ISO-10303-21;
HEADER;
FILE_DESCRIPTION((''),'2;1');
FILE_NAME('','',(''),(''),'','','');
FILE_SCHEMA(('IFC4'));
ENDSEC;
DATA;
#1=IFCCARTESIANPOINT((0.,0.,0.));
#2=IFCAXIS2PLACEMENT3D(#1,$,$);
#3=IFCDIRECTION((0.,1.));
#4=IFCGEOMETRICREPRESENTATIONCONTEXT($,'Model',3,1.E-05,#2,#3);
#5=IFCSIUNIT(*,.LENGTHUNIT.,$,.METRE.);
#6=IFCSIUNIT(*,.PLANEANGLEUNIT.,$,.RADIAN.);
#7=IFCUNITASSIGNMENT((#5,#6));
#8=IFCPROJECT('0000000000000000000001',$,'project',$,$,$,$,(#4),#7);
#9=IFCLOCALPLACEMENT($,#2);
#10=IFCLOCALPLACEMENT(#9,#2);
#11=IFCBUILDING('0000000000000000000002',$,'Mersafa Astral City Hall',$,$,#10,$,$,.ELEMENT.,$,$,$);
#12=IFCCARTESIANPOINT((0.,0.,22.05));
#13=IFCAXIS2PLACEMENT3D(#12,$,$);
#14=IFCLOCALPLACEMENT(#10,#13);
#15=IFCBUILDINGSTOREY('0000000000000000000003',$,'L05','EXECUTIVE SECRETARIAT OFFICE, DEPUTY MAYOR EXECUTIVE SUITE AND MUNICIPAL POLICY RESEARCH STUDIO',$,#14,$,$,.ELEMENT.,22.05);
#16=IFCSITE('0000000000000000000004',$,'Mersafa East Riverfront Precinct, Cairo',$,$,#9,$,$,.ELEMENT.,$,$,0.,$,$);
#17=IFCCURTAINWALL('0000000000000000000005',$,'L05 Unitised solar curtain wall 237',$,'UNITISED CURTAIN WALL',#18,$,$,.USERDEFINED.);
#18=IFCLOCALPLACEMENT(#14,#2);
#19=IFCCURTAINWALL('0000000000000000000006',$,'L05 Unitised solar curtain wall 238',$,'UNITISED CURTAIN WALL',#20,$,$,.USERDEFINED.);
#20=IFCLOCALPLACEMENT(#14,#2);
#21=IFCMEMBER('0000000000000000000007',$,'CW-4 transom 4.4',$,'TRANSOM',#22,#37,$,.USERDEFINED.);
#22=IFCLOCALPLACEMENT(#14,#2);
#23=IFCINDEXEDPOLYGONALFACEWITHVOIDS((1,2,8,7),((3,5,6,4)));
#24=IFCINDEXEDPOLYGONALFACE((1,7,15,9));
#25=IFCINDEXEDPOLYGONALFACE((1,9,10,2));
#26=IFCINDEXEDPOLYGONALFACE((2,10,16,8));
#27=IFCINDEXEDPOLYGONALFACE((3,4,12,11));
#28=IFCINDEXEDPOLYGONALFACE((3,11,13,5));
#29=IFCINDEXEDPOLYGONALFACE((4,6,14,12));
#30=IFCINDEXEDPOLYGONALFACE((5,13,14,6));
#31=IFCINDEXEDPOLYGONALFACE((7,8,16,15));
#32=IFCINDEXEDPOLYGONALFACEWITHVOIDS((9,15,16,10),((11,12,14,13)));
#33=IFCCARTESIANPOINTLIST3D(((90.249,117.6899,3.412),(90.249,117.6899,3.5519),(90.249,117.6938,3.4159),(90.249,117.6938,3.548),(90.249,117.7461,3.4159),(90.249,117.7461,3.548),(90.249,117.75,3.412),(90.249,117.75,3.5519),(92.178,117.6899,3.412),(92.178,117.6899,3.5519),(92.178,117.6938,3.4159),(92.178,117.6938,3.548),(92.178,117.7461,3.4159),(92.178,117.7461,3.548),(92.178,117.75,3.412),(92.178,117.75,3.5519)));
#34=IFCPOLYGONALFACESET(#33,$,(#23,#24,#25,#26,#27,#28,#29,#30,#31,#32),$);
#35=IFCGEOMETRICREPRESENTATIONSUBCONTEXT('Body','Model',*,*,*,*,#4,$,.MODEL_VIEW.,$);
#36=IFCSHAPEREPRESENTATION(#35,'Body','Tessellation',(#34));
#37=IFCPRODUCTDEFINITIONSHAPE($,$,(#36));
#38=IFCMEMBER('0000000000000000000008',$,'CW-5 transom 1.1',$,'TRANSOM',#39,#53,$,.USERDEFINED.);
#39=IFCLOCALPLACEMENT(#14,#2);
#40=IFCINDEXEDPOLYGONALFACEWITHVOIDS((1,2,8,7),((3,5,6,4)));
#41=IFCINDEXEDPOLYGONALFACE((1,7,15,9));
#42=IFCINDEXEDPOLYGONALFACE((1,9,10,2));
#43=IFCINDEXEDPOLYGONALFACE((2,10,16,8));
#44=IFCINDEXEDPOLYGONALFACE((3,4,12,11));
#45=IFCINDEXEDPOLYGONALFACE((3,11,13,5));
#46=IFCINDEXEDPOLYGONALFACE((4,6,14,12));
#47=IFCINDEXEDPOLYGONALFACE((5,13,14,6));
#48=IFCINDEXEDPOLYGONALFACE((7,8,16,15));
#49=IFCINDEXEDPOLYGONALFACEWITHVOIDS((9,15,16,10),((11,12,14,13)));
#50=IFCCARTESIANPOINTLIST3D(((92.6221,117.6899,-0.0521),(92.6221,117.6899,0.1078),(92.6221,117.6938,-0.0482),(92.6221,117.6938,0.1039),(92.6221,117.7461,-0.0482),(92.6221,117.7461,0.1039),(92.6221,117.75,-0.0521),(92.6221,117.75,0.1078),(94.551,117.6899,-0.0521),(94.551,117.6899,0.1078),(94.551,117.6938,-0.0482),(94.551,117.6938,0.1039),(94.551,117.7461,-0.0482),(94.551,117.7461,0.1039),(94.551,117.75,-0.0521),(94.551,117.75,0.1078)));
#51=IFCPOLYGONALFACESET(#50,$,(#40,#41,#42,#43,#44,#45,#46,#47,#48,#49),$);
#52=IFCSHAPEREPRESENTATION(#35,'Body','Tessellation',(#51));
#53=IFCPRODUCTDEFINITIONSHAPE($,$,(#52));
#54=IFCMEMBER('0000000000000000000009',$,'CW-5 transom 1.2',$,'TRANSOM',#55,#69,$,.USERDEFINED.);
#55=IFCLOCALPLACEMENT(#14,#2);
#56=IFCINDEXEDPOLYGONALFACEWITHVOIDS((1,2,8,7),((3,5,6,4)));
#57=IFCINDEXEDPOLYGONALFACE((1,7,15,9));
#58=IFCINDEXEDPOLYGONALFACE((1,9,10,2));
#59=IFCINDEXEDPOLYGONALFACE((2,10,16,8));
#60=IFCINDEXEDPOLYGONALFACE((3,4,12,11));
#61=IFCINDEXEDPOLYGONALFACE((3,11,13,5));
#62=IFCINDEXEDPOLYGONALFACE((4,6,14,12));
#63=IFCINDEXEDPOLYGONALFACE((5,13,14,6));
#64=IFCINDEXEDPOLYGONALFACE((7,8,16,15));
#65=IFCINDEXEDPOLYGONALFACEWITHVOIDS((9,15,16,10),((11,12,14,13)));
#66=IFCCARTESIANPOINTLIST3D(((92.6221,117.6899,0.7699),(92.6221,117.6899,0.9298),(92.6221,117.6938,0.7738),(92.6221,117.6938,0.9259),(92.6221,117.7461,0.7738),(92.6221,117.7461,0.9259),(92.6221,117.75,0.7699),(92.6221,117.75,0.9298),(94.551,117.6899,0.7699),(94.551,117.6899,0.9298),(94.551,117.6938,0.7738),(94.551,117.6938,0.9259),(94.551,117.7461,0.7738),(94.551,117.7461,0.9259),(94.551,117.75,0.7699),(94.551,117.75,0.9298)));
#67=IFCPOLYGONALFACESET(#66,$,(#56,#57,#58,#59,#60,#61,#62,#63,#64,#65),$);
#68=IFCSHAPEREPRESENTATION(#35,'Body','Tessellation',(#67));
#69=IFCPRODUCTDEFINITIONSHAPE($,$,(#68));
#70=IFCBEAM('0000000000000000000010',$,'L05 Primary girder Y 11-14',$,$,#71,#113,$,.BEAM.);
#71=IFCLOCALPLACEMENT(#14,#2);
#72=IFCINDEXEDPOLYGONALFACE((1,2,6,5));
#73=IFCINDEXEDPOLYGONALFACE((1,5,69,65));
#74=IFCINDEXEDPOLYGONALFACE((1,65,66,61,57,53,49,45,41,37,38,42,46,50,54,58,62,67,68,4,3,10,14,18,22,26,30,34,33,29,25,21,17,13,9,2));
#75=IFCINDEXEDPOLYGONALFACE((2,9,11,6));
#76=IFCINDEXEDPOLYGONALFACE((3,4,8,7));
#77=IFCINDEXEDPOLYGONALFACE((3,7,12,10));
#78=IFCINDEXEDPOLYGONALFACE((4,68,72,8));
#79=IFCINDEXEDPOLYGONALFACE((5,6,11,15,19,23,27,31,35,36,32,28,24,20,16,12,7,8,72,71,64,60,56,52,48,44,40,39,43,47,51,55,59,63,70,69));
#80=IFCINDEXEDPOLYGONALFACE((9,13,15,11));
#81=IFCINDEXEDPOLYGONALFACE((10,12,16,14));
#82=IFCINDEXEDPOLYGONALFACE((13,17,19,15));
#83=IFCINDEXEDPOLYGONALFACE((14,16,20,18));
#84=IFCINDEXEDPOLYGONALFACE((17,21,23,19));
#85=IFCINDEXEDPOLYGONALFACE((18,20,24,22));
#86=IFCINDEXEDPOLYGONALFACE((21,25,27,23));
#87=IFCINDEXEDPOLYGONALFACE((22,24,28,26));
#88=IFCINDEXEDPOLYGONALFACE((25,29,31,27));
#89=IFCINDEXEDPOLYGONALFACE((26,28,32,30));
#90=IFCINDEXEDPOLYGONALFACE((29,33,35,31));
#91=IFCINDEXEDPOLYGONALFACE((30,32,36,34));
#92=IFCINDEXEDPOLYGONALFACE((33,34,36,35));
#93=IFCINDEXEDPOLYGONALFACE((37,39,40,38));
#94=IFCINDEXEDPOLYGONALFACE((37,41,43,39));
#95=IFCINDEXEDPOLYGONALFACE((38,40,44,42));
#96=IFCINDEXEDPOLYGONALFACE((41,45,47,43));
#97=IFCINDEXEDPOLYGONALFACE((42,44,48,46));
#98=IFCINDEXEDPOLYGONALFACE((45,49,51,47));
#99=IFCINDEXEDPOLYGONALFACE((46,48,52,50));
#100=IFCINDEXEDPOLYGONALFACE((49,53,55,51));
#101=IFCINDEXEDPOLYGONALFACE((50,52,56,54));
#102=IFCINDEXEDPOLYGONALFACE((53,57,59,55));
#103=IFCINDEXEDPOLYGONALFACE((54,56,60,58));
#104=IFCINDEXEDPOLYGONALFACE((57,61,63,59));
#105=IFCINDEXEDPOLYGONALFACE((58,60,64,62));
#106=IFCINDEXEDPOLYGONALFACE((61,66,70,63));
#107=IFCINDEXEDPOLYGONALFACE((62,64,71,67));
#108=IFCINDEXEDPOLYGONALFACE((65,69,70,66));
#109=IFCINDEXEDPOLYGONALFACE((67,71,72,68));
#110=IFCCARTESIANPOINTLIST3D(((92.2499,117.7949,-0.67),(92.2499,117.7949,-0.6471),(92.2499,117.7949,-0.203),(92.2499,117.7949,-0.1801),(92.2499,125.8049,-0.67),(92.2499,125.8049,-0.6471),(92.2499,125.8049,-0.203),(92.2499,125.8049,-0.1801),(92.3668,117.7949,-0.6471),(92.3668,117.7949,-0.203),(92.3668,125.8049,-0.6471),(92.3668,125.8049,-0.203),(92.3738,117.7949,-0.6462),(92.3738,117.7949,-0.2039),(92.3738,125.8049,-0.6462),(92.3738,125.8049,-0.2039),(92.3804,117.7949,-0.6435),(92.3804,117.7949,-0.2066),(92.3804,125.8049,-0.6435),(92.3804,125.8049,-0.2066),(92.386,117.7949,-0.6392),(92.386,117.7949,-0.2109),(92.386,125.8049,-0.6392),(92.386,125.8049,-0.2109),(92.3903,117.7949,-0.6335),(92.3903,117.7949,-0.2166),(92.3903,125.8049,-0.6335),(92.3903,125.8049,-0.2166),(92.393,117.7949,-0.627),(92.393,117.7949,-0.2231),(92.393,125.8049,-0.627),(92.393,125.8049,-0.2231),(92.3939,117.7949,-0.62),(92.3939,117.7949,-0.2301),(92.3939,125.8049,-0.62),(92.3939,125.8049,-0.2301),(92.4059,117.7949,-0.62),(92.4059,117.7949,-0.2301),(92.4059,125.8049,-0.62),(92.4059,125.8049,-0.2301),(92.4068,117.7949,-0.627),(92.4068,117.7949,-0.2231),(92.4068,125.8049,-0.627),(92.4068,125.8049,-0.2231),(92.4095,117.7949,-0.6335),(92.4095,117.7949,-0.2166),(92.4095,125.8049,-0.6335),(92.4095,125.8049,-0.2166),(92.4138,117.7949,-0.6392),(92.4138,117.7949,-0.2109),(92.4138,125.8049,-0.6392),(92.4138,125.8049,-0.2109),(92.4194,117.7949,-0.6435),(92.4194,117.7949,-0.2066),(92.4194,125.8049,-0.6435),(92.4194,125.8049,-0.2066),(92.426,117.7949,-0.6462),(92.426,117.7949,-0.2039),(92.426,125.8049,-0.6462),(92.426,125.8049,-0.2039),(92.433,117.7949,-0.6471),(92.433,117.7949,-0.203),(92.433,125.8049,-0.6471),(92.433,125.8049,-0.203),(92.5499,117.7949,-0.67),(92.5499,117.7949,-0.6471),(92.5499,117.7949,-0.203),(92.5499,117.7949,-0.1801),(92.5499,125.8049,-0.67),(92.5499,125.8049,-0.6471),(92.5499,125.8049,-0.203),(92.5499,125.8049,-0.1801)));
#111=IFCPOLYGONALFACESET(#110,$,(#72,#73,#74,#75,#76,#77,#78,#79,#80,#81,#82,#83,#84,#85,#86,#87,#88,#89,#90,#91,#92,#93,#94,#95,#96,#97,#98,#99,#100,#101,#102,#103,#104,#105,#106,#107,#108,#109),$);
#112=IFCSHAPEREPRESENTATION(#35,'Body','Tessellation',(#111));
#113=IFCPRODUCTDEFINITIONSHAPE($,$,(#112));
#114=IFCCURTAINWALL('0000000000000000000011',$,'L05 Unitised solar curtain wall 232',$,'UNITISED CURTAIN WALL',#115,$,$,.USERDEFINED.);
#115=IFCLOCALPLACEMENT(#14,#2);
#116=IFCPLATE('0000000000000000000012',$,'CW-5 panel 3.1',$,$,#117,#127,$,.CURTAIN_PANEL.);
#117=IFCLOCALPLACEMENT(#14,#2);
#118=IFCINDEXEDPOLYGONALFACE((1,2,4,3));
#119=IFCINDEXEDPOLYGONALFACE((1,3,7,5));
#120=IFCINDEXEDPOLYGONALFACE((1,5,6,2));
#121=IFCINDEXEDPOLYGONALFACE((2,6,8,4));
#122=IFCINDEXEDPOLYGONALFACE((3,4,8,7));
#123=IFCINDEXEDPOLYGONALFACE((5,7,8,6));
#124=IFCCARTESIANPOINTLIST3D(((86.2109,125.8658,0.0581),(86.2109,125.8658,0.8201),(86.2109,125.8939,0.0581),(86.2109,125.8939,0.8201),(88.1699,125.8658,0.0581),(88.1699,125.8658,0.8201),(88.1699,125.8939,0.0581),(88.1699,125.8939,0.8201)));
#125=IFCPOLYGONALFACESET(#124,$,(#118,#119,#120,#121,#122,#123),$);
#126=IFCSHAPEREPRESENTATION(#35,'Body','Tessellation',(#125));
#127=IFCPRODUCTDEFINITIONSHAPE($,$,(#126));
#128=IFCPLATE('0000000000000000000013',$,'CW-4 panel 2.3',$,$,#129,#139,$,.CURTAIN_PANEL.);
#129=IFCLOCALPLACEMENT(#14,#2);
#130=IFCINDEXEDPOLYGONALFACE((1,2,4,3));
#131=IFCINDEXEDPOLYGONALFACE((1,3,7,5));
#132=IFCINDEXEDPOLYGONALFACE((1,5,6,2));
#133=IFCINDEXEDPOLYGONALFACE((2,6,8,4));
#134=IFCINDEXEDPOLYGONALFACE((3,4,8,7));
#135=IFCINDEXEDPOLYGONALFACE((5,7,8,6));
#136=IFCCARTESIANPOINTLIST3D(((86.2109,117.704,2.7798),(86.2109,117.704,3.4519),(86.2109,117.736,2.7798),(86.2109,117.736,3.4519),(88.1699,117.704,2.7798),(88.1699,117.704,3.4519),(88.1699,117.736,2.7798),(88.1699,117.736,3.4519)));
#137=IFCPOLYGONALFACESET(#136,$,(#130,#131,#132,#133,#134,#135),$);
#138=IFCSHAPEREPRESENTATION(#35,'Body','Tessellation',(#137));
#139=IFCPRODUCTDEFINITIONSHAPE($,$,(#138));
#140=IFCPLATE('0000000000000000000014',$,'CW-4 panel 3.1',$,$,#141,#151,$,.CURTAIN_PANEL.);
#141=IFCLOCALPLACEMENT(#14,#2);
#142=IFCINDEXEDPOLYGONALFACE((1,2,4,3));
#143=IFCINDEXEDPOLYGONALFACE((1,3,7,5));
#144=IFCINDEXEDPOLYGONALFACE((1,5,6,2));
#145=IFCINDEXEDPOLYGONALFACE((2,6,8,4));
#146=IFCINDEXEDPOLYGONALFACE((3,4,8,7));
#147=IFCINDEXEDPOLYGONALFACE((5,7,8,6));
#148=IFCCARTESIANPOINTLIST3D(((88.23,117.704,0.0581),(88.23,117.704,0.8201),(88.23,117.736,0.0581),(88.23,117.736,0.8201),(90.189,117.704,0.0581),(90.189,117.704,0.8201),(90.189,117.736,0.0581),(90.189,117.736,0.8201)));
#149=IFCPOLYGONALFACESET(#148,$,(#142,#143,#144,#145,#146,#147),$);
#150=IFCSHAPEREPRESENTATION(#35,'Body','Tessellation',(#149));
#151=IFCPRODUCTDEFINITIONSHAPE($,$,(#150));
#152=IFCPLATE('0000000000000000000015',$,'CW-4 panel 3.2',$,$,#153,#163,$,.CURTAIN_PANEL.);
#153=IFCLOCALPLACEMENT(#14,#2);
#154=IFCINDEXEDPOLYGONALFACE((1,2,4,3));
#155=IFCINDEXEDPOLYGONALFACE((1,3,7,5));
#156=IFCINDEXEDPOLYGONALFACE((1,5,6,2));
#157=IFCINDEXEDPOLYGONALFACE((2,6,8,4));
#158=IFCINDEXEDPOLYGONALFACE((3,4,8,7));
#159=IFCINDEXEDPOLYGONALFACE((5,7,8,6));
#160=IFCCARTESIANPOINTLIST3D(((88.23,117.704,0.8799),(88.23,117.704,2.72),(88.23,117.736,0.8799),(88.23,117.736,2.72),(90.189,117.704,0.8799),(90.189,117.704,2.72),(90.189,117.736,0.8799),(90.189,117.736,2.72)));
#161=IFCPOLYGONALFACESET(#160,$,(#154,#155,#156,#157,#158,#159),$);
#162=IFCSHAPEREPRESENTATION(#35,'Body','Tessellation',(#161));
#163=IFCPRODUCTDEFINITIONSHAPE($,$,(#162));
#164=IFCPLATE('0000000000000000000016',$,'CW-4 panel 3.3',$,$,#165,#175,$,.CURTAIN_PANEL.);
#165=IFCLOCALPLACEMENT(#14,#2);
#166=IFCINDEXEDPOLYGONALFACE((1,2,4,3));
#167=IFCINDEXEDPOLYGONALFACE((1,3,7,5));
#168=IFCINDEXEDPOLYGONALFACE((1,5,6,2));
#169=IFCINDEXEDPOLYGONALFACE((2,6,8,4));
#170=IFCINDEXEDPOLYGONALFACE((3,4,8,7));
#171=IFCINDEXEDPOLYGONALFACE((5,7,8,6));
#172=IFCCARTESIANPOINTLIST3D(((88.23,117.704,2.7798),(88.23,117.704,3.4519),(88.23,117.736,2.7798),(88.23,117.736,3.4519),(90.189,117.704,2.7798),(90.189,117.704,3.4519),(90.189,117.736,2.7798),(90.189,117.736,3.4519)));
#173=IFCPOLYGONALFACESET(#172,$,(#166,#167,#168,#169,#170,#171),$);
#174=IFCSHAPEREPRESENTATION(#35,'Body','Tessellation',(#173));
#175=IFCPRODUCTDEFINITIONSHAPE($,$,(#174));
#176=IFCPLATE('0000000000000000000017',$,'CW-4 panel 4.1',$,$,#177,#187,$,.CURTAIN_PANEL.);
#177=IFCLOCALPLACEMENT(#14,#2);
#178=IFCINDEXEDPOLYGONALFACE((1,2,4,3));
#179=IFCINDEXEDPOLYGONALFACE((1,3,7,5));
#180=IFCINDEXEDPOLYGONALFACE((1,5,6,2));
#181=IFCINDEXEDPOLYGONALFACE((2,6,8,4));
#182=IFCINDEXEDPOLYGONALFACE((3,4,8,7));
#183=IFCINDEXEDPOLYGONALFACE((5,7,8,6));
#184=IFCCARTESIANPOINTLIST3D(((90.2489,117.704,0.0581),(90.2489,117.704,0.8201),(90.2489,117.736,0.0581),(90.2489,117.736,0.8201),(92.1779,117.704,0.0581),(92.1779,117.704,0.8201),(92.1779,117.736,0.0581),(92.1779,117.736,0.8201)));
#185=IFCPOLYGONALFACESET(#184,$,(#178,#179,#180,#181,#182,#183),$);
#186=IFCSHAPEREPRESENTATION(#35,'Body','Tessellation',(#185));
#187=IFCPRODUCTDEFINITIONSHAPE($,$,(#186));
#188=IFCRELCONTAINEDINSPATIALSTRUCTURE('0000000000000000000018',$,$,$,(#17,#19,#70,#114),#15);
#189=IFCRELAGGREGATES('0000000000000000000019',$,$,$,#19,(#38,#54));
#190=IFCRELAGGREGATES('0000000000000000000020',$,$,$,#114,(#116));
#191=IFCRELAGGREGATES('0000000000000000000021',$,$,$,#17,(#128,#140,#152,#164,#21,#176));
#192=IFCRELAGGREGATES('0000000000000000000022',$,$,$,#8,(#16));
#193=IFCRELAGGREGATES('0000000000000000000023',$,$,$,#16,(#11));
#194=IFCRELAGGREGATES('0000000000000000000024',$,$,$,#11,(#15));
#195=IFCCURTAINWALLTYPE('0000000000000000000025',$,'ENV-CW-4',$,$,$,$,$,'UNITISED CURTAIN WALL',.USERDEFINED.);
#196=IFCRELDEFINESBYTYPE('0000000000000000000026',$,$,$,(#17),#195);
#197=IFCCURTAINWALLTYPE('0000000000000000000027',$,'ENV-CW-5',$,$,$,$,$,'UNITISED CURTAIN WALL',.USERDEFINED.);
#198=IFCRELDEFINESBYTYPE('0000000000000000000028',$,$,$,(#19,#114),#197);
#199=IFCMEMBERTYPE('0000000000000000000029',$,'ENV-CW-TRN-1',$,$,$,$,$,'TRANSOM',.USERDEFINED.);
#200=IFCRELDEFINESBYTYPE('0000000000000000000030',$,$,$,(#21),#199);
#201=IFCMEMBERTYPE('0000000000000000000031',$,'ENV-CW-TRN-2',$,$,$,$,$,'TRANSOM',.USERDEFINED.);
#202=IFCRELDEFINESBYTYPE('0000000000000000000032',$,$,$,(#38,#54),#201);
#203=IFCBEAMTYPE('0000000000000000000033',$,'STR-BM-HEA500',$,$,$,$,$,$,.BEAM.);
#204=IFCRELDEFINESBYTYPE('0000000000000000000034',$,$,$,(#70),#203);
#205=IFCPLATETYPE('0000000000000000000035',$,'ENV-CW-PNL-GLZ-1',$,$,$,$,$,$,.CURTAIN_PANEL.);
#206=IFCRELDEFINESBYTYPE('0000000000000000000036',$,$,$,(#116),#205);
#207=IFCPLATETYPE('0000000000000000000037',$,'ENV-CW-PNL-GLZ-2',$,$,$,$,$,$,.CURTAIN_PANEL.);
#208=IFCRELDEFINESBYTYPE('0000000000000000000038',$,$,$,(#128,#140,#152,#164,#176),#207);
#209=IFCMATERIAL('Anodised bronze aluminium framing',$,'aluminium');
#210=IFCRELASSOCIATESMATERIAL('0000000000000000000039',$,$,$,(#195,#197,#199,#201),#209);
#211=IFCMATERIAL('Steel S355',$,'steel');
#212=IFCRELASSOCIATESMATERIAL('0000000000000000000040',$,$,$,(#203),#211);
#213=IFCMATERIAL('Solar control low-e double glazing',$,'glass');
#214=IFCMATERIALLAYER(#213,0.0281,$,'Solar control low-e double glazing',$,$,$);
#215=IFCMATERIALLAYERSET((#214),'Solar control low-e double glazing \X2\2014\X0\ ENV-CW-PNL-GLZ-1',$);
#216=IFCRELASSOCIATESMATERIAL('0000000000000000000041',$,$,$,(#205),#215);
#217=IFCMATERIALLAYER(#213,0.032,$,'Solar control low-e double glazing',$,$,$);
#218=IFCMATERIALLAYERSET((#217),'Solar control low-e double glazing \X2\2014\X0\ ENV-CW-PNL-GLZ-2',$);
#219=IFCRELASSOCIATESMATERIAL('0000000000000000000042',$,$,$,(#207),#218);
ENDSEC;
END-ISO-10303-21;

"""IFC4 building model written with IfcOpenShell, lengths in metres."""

from ifc_helpers import new_model, si_unit, direction, frame, origin, origin_2d, place, context, subcontext, project, spatial, rectangle, hollow_rectangle, i_section, extrude, material, layer, layer_set, material_profile, profile_set, type_object, element, aggregate, save


model = new_model("IFC4")

# Units and contexts
model_context = context("Model", 3, precision=1e-05, world=origin(), true_north=direction((0.0, 1.0)))
body_context = subcontext(model_context, "Body", "Model", "MODEL_VIEW")
ifc_project = project(units=[si_unit("LENGTHUNIT", "METRE"), si_unit("PLANEANGLEUNIT", "RADIAN")], contexts=[model_context])

# Site, building, storey
site_placement = place(None, origin())
site = spatial("IfcSite", under=ifc_project, at=site_placement, Name="Mersafa East Riverfront Precinct, Cairo", CompositionType="ELEMENT", RefElevation=0.0)
building_placement = place(site_placement, origin())
building = spatial("IfcBuilding", under=site, at=building_placement, Name="Mersafa Astral City Hall", CompositionType="ELEMENT")
storey_placement = place(building_placement, frame((0.0, 0.0, 22.05)))
storey = spatial("IfcBuildingStorey", under=building, at=storey_placement, Name="L05", Description="EXECUTIVE SECRETARIAT OFFICE, DEPUTY MAYOR EXECUTIVE SUITE AND MUNICIPAL POLICY RESEARCH STUDIO", CompositionType="ELEMENT", Elevation=22.05)

# Curtain wall
ifc_material_1 = material(Name="Anodised bronze aluminium framing", Category="aluminium")
curtain_wall_type_1 = type_object("IfcCurtainWallType", Name="ENV-CW-4", ElementType="UNITISED CURTAIN WALL", PredefinedType="USERDEFINED", material=ifc_material_1)
curtain_wall_1_placement = place(storey_placement, origin())
curtain_wall_1 = element("IfcCurtainWall", 1, at=curtain_wall_1_placement, inside=storey, type_object=curtain_wall_type_1, Name="L05 Unitised solar curtain wall 237", ObjectType="UNITISED CURTAIN WALL", PredefinedType="USERDEFINED")

# Curtain wall
curtain_wall_type_2 = type_object("IfcCurtainWallType", Name="ENV-CW-5", ElementType="UNITISED CURTAIN WALL", PredefinedType="USERDEFINED", material=ifc_material_1)
curtain_wall_2_placement = place(storey_placement, origin())
curtain_wall_2 = element("IfcCurtainWall", 2, at=curtain_wall_2_placement, inside=storey, type_object=curtain_wall_type_2, Name="L05 Unitised solar curtain wall 238", ObjectType="UNITISED CURTAIN WALL", PredefinedType="USERDEFINED")

# Members
ifc_material_profile_1 = material_profile(ifc_material_1, hollow_rectangle(XDim=0.0601, YDim=0.1399, WallThickness=0.0039, at=origin_2d()), Name="RHS 60x140x4")
ifc_profile_set_1 = profile_set([ifc_material_profile_1], Name="Anodised bronze aluminium framing")
member_type_1 = type_object("IfcMemberType", Name="ENV-CW-TRN-1", ElementType="TRANSOM", PredefinedType="USERDEFINED", material=ifc_profile_set_1)
member_1_placement = place(storey_placement, frame((90.249, 117.72, 3.4819), z_axis=(1.0, 0.0, 0.0), x_axis=(0.0, 1.0, 0.0)))
member_1 = element("IfcMember", 3, at=member_1_placement, type_object=member_type_1, Name="CW-4 transom 4.4", ObjectType="TRANSOM", PredefinedType="USERDEFINED", context=body_context, shape_type="SweptSolid", body=[
    extrude(hollow_rectangle(XDim=0.0601, YDim=0.1399, WallThickness=0.0039, at=origin_2d()), origin(), (0.0, 0.0, 1.0), 1.929),
])
ifc_material_profile_2 = material_profile(ifc_material_1, hollow_rectangle(XDim=0.0601, YDim=0.1599, WallThickness=0.0039, at=origin_2d()), Name="RHS 60x160x4")
ifc_profile_set_2 = profile_set([ifc_material_profile_2], Name="Anodised bronze aluminium framing")
member_type_2 = type_object("IfcMemberType", Name="ENV-CW-TRN-2", ElementType="TRANSOM", PredefinedType="USERDEFINED", material=ifc_profile_set_2)
member_2_placement = place(storey_placement, frame((92.6221, 117.72, 0.0278), z_axis=(1.0, 0.0, 0.0), x_axis=(0.0, 1.0, 0.0)))
member_2 = element("IfcMember", 4, at=member_2_placement, type_object=member_type_2, Name="CW-5 transom 1.1", ObjectType="TRANSOM", PredefinedType="USERDEFINED", context=body_context, shape_type="SweptSolid", body=[
    extrude(hollow_rectangle(XDim=0.0601, YDim=0.1599, WallThickness=0.0039, at=origin_2d()), origin(), (0.0, 0.0, 1.0), 1.929),
])
member_3_placement = place(storey_placement, frame((92.6221, 117.72, 0.8499), z_axis=(1.0, 0.0, 0.0), x_axis=(0.0, 1.0, 0.0)))
member_3 = element("IfcMember", 5, at=member_3_placement, type_object=member_type_2, Name="CW-5 transom 1.2", ObjectType="TRANSOM", PredefinedType="USERDEFINED", context=body_context, shape_type="SweptSolid", body=[
    extrude(hollow_rectangle(XDim=0.0601, YDim=0.1599, WallThickness=0.0039, at=origin_2d()), origin(), (0.0, 0.0, 1.0), 1.929),
])
aggregate(curtain_wall_2, [member_2, member_3])

# Beam
ifc_material_2 = material(Name="Steel S355", Category="steel")
ifc_material_profile_3 = material_profile(ifc_material_2, i_section(OverallWidth=0.3, OverallDepth=0.49, WebThickness=0.012, FlangeThickness=0.0229, FilletRadius=0.0271, at=origin_2d()), Name="HEA 500")
ifc_profile_set_3 = profile_set([ifc_material_profile_3], Name="Steel S355")
beam_type = type_object("IfcBeamType", Name="STR-BM-HEA500", PredefinedType="BEAM", material=ifc_profile_set_3)
beam_placement = place(storey_placement, frame((92.3999, 117.7949, -0.425), z_axis=(0.0, 1.0, 0.0), x_axis=(-1.0, 0.0, 0.0)))
element("IfcBeam", 6, at=beam_placement, inside=storey, type_object=beam_type, Name="L05 Primary girder Y 11-14", PredefinedType="BEAM", context=body_context, shape_type="SweptSolid", body=[
    extrude(i_section(OverallWidth=0.3, OverallDepth=0.49, WebThickness=0.012, FlangeThickness=0.0229, FilletRadius=0.0271, at=origin_2d()), origin(), (0.0, 0.0, 1.0), 8.01),
])

# Curtain wall, plate
curtain_wall_3_placement = place(storey_placement, origin())
curtain_wall_3 = element("IfcCurtainWall", 7, at=curtain_wall_3_placement, inside=storey, type_object=curtain_wall_type_2, Name="L05 Unitised solar curtain wall 232", ObjectType="UNITISED CURTAIN WALL", PredefinedType="USERDEFINED")
ifc_material_3 = material(Name="Solar control low-e double glazing", Category="glass")
ifc_layer_1 = layer(ifc_material_3, 0.0281, Name="Solar control low-e double glazing")
ifc_layer_set_1 = layer_set([ifc_layer_1], Name="Solar control low-e double glazing — ENV-CW-PNL-GLZ-1")
plate_type_1 = type_object("IfcPlateType", Name="ENV-CW-PNL-GLZ-1", PredefinedType="CURTAIN_PANEL", material=ifc_layer_set_1)
plate_1_placement = place(storey_placement, frame((87.1904, 125.8799, 0.0581), z_axis=(0.0, 0.0, 1.0), x_axis=(-1.0, 0.0, 0.0)))
plate_1 = element("IfcPlate", 8, at=plate_1_placement, type_object=plate_type_1, Name="CW-5 panel 3.1", PredefinedType="CURTAIN_PANEL", context=body_context, shape_type="SweptSolid", body=[
    extrude(rectangle(XDim=1.959, YDim=0.0281, at=origin_2d()), origin(), (0.0, 0.0, 1.0), 0.762),
])
aggregate(curtain_wall_3, [plate_1])

# Plates
ifc_layer_2 = layer(ifc_material_3, 0.032, Name="Solar control low-e double glazing")
ifc_layer_set_2 = layer_set([ifc_layer_2], Name="Solar control low-e double glazing — ENV-CW-PNL-GLZ-2")
plate_type_2 = type_object("IfcPlateType", Name="ENV-CW-PNL-GLZ-2", PredefinedType="CURTAIN_PANEL", material=ifc_layer_set_2)
plate_2_placement = place(storey_placement, frame((87.1904, 117.72, 2.7798), z_axis=(0.0, 0.0, 1.0), x_axis=(1.0, 0.0, 0.0)))
plate_2 = element("IfcPlate", 9, at=plate_2_placement, type_object=plate_type_2, Name="CW-4 panel 2.3", PredefinedType="CURTAIN_PANEL", context=body_context, shape_type="SweptSolid", body=[
    extrude(rectangle(XDim=1.959, YDim=0.032, at=origin_2d()), origin(), (0.0, 0.0, 1.0), 0.6721),
])
plate_3_placement = place(storey_placement, frame((89.2095, 117.72, 0.0581), z_axis=(0.0, 0.0, 1.0), x_axis=(1.0, 0.0, 0.0)))
plate_3 = element("IfcPlate", 10, at=plate_3_placement, type_object=plate_type_2, Name="CW-4 panel 3.1", PredefinedType="CURTAIN_PANEL", context=body_context, shape_type="SweptSolid", body=[
    extrude(rectangle(XDim=1.959, YDim=0.032, at=origin_2d()), origin(), (0.0, 0.0, 1.0), 0.762),
])
plate_4_placement = place(storey_placement, frame((89.2095, 117.72, 0.8799), z_axis=(0.0, 0.0, 1.0), x_axis=(1.0, 0.0, 0.0)))
plate_4 = element("IfcPlate", 11, at=plate_4_placement, type_object=plate_type_2, Name="CW-4 panel 3.2", PredefinedType="CURTAIN_PANEL", context=body_context, shape_type="SweptSolid", body=[
    extrude(rectangle(XDim=1.959, YDim=0.032, at=origin_2d()), origin(), (0.0, 0.0, 1.0), 1.8401),
])
plate_5_placement = place(storey_placement, frame((89.2095, 117.72, 2.7798), z_axis=(0.0, 0.0, 1.0), x_axis=(1.0, 0.0, 0.0)))
plate_5 = element("IfcPlate", 12, at=plate_5_placement, type_object=plate_type_2, Name="CW-4 panel 3.3", PredefinedType="CURTAIN_PANEL", context=body_context, shape_type="SweptSolid", body=[
    extrude(rectangle(XDim=1.959, YDim=0.032, at=origin_2d()), origin(), (0.0, 0.0, 1.0), 0.6721),
])
plate_6_placement = place(storey_placement, frame((91.2134, 117.72, 0.0581), z_axis=(0.0, 0.0, 1.0), x_axis=(1.0, 0.0, 0.0)))
plate_6 = element("IfcPlate", 13, at=plate_6_placement, type_object=plate_type_2, Name="CW-4 panel 4.1", PredefinedType="CURTAIN_PANEL", context=body_context, shape_type="SweptSolid", body=[
    extrude(rectangle(XDim=1.929, YDim=0.032, at=origin_2d()), origin(), (0.0, 0.0, 1.0), 0.762),
])
aggregate(curtain_wall_1, [plate_2, plate_3, plate_4, plate_5, member_1, plate_6])

save(model, "model.ifc")
